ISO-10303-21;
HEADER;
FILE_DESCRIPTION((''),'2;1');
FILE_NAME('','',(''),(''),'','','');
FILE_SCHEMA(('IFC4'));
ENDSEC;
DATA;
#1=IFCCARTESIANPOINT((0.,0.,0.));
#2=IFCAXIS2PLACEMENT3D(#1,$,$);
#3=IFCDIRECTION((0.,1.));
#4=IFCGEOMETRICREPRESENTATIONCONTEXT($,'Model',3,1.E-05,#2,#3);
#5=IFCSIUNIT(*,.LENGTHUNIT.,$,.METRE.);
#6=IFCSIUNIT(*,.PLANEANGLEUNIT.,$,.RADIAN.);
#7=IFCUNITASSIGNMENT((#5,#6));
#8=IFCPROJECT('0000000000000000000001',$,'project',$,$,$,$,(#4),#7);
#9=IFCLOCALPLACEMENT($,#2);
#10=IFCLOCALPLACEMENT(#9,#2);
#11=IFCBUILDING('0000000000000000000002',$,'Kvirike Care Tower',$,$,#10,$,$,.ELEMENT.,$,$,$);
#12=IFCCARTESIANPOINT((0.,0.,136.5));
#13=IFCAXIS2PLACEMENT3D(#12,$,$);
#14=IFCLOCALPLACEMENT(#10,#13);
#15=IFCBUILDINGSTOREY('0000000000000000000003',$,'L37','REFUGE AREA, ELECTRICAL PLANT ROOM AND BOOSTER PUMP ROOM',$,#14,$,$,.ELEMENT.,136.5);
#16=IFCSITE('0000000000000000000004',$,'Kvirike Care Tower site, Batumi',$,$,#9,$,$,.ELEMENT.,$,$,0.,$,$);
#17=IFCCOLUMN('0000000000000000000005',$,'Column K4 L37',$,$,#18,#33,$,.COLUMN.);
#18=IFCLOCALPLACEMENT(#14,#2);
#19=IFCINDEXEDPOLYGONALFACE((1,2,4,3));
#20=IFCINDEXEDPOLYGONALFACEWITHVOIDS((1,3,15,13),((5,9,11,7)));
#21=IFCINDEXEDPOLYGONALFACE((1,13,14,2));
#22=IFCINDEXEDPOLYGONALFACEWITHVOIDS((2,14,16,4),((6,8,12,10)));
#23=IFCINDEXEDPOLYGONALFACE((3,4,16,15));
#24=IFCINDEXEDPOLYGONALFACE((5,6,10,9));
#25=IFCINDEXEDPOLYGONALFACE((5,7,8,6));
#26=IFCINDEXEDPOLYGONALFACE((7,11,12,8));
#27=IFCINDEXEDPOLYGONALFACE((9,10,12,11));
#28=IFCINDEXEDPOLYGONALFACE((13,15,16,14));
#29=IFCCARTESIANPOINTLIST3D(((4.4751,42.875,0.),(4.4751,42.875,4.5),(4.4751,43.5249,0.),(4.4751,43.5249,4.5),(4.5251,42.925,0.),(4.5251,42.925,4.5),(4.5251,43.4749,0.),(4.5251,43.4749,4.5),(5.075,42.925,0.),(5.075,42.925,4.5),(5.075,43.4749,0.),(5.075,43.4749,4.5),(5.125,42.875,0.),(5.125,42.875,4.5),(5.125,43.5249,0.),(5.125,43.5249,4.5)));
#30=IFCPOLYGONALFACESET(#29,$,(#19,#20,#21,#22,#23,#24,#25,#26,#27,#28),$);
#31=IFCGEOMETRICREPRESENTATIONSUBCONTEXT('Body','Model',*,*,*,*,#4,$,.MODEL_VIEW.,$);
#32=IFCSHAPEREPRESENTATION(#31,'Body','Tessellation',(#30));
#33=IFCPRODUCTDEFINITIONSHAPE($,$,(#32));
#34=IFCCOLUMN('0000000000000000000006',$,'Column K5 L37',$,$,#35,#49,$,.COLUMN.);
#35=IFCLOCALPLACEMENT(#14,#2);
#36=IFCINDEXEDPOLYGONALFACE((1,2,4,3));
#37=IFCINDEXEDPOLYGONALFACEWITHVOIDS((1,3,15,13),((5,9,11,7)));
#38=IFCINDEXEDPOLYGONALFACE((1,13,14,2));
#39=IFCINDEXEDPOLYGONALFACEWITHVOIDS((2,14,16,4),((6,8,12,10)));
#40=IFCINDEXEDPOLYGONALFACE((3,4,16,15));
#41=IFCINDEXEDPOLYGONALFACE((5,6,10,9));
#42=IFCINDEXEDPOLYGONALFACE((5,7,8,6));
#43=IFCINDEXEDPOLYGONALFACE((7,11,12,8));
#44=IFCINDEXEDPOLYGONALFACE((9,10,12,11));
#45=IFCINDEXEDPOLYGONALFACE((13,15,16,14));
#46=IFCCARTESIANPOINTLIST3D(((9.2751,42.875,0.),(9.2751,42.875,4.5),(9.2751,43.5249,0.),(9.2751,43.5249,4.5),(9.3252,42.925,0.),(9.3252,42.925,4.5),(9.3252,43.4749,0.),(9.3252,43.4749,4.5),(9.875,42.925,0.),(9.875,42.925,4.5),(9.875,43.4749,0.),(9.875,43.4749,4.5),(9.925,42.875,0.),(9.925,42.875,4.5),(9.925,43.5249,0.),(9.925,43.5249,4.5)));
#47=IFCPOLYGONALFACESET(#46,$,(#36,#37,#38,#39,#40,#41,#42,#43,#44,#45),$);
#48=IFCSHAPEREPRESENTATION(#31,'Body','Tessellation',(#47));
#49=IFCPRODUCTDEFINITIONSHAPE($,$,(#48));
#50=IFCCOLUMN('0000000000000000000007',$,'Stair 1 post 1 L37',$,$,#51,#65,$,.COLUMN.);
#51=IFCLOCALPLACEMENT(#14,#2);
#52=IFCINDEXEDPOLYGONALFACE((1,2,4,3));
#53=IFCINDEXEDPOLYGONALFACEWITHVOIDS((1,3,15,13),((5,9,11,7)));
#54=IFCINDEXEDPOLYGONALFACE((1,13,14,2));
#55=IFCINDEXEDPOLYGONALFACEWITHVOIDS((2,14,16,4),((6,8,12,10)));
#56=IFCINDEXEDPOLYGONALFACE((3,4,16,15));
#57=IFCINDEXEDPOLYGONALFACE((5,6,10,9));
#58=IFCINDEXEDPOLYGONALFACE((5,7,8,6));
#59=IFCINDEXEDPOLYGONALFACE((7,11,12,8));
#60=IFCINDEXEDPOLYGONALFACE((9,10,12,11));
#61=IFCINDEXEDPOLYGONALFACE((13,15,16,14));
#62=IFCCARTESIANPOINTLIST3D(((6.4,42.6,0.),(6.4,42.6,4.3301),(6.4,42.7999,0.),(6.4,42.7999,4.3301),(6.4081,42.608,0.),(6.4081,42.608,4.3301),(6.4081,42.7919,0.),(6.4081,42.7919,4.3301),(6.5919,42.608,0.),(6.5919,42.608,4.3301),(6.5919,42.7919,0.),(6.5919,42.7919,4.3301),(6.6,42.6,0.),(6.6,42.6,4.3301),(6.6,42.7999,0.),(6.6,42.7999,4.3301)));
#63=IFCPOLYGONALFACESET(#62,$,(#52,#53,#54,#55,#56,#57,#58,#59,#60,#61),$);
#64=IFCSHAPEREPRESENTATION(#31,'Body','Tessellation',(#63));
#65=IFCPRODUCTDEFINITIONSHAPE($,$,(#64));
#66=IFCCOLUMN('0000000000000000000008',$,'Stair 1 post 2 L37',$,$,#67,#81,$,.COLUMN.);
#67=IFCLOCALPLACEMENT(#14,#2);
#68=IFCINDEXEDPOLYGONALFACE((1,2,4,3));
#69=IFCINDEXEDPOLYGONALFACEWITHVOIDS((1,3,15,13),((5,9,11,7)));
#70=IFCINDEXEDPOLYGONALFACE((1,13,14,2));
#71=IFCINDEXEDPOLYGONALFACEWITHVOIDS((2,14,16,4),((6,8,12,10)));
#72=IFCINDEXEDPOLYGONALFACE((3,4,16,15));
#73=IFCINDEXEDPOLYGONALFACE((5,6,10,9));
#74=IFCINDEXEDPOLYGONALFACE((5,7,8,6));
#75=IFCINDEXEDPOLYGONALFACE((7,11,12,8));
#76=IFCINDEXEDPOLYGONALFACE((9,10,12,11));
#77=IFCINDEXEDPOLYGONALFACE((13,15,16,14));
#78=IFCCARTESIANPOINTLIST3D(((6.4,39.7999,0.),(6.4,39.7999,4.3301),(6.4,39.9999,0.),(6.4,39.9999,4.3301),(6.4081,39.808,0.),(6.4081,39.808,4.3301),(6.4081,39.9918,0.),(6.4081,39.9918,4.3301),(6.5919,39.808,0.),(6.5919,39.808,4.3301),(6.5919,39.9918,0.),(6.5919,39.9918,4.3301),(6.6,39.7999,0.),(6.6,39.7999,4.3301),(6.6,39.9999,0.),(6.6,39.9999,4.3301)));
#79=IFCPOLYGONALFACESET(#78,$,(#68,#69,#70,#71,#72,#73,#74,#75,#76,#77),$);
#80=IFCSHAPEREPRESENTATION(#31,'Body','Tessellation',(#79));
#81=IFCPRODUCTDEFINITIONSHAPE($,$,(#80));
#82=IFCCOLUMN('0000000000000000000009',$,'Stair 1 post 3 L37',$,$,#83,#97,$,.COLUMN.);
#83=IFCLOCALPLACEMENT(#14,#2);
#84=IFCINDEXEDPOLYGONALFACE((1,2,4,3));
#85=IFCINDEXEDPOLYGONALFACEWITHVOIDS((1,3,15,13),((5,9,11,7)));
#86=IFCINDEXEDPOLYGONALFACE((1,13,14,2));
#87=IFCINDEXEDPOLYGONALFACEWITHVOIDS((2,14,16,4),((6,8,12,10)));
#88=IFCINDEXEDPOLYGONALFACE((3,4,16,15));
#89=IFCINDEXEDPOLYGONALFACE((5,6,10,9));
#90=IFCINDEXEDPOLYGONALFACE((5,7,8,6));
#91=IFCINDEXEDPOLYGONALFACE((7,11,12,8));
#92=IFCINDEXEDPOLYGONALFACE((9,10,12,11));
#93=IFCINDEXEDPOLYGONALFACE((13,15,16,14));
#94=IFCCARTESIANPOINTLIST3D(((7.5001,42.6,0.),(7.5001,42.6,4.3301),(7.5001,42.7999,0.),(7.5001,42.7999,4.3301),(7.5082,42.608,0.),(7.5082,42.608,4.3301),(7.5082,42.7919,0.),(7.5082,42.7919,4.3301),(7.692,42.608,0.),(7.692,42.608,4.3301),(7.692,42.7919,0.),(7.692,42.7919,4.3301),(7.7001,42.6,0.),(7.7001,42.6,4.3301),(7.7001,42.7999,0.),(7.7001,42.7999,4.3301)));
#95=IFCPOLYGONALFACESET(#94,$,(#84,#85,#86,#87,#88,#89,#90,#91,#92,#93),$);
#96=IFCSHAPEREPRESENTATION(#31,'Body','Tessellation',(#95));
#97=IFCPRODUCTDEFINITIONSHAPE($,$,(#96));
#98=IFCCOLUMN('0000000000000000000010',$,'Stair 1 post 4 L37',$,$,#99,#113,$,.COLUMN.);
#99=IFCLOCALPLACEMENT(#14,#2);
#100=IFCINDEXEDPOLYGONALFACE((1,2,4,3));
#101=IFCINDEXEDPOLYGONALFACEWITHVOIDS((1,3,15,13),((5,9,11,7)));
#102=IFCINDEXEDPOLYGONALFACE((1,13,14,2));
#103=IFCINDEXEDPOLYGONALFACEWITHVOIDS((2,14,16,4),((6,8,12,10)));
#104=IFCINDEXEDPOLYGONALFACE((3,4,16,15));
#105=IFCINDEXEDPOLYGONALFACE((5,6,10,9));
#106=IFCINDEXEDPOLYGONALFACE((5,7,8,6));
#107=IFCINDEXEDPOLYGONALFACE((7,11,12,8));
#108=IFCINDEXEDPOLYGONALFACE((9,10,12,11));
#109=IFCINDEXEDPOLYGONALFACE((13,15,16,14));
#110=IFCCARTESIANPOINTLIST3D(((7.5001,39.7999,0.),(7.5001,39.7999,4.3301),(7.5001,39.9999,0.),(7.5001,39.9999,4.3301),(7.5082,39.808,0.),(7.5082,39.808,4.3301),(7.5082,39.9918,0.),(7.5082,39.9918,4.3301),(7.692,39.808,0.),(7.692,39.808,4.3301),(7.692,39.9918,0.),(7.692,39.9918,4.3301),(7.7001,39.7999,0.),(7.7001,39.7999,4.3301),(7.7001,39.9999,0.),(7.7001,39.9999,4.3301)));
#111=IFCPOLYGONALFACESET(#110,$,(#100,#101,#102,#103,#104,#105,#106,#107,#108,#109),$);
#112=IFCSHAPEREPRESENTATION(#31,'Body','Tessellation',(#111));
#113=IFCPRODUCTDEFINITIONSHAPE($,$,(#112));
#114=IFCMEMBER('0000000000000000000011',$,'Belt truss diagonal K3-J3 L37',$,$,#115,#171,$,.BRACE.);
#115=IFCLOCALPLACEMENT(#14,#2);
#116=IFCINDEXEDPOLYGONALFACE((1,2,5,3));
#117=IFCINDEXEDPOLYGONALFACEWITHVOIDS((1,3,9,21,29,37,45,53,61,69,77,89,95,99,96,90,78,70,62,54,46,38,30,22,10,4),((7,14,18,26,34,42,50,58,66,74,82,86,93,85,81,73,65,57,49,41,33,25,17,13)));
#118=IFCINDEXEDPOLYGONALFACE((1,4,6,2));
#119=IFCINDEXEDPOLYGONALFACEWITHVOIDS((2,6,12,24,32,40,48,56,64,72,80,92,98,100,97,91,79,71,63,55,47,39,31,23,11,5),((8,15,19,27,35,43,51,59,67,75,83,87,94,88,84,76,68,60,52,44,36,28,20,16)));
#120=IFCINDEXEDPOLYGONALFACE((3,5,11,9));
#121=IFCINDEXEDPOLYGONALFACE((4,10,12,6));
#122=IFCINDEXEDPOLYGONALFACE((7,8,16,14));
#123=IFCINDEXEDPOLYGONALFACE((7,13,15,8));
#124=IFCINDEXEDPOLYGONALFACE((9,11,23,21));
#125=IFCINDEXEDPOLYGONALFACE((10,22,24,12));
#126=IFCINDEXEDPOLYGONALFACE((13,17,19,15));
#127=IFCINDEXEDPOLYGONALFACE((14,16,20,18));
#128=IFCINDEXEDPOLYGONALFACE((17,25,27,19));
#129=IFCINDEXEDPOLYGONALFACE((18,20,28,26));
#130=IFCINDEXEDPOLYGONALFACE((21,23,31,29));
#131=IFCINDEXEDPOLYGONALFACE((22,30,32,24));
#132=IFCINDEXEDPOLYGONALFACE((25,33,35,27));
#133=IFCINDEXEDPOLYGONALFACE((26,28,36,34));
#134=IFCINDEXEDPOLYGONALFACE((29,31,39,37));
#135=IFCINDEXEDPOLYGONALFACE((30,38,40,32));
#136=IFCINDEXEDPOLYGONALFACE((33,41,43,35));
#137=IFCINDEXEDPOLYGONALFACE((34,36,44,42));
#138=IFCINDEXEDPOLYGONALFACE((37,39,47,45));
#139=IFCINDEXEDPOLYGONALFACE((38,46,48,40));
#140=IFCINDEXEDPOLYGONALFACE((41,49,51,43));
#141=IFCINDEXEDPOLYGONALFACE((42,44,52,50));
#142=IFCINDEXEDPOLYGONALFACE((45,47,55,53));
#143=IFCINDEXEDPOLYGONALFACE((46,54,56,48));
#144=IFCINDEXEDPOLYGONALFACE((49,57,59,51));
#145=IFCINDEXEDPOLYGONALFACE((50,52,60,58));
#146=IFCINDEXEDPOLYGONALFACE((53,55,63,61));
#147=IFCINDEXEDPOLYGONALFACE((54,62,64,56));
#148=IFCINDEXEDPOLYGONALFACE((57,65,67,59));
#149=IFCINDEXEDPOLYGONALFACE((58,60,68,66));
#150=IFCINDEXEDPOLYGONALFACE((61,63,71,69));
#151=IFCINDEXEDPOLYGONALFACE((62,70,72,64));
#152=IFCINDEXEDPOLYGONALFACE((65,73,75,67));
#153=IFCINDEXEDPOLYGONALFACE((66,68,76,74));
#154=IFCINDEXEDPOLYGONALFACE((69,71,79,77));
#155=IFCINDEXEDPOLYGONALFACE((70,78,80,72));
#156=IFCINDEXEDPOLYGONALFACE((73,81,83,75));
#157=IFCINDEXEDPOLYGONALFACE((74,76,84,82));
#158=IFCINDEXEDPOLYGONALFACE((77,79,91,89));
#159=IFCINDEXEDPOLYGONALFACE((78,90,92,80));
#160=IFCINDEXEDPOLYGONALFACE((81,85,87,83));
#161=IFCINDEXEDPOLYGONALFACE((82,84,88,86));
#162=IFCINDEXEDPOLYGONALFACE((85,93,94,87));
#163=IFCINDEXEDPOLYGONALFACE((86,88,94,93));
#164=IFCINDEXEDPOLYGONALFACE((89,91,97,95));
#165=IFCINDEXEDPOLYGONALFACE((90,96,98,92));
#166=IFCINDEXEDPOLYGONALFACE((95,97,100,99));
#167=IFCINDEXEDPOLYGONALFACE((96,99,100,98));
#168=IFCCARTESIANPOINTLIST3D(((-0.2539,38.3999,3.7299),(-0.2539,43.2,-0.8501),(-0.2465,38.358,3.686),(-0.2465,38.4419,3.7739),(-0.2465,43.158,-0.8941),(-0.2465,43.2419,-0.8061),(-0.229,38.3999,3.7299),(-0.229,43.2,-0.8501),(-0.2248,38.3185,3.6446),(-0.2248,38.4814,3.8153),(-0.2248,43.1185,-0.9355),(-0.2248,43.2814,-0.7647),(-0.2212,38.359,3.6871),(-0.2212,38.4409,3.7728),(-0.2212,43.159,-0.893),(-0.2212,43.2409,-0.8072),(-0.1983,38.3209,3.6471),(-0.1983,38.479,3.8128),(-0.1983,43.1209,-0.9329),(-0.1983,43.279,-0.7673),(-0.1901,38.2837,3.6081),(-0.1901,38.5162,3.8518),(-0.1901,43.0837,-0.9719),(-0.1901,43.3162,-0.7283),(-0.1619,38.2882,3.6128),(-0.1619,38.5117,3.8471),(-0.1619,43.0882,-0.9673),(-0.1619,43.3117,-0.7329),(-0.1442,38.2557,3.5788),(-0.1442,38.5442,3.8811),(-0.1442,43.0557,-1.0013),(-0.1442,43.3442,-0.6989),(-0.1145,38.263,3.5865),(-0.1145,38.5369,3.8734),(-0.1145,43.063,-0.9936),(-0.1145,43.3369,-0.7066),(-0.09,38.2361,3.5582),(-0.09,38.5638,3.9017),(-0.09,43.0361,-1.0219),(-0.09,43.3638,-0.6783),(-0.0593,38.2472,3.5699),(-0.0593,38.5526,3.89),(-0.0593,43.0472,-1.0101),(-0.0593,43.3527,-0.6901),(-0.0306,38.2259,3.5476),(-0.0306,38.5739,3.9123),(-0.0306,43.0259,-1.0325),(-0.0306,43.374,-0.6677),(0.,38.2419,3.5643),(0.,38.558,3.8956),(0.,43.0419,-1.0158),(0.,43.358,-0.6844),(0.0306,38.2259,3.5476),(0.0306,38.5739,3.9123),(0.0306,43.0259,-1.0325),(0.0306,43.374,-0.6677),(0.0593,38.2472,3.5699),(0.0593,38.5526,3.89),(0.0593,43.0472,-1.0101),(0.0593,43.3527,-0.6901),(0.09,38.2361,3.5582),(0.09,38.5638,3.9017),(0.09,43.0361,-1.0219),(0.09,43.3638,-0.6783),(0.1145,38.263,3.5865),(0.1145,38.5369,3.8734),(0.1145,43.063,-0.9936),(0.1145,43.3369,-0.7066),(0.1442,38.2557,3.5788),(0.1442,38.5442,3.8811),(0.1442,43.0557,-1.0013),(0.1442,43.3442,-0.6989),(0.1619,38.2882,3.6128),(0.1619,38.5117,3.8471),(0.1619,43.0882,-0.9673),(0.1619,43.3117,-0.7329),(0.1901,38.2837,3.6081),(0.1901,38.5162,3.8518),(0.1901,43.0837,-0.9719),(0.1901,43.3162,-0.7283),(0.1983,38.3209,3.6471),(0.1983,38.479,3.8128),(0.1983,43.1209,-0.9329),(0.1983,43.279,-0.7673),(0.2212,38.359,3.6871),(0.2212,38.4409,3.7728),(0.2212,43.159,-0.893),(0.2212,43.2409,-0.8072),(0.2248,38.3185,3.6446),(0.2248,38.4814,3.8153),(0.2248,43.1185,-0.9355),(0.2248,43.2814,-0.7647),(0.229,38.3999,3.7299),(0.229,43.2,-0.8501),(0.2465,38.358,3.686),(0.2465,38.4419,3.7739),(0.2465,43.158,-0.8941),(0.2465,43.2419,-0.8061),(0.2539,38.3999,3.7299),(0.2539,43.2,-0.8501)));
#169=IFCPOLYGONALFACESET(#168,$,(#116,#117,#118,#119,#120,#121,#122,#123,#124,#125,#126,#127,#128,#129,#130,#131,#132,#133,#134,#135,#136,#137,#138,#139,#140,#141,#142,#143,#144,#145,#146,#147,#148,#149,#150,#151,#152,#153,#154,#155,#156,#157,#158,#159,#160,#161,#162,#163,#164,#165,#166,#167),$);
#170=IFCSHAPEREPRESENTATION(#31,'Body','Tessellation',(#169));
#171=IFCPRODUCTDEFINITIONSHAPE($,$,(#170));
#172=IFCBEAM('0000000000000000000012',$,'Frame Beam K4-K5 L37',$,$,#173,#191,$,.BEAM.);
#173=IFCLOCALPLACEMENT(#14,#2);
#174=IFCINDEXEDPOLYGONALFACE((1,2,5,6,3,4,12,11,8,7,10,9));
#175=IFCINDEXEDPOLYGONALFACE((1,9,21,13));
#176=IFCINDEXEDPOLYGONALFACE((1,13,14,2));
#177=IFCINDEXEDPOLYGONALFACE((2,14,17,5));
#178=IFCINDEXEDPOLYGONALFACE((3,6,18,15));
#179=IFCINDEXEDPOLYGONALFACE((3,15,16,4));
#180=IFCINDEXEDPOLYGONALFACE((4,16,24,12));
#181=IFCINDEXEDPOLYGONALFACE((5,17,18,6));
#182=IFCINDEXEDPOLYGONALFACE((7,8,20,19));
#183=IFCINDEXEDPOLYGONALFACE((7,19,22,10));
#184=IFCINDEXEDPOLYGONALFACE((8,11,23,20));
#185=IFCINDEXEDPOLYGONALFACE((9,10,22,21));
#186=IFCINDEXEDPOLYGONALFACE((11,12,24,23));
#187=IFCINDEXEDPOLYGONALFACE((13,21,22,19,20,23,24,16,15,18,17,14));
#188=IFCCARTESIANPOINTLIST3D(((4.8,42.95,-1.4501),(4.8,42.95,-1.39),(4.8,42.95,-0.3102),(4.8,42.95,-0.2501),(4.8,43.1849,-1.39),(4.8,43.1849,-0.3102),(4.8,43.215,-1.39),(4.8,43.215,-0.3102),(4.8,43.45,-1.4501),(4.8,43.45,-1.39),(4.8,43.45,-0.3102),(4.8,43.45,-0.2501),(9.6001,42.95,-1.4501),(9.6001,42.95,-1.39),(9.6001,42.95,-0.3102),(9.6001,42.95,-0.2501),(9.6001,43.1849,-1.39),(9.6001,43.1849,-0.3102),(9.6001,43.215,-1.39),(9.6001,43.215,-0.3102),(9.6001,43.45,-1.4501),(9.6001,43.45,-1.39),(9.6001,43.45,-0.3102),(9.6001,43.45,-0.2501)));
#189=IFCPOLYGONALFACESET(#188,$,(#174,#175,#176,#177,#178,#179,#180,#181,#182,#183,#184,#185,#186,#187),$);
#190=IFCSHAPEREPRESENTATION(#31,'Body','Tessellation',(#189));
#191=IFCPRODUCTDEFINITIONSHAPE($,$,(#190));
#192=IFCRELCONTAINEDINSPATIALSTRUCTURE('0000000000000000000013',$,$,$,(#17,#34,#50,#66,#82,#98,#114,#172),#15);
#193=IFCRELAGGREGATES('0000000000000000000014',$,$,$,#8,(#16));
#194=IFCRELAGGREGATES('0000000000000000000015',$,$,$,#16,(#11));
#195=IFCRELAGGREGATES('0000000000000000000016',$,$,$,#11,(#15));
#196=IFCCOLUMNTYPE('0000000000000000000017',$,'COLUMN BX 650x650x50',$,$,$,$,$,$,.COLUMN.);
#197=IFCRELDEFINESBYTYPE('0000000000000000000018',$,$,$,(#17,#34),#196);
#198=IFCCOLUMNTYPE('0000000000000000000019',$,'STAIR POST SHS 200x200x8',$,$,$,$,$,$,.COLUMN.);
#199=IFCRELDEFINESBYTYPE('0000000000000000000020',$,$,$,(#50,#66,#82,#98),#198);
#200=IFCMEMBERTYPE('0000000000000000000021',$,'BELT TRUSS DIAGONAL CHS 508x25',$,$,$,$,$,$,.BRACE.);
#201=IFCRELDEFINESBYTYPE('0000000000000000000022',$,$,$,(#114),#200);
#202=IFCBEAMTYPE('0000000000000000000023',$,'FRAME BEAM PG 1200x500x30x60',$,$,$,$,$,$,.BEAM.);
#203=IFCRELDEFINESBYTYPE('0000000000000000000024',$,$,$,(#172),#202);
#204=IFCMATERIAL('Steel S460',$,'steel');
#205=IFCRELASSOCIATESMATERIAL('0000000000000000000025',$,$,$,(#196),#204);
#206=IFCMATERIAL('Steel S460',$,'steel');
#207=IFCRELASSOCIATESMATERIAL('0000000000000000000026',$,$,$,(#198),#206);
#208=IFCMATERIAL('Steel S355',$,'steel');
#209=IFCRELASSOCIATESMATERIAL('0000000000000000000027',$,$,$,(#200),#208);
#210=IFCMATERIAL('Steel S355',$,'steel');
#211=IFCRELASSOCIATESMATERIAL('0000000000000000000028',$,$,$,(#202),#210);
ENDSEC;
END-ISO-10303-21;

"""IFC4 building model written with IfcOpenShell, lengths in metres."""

from ifc_helpers import new_model, si_unit, direction, frame, origin, origin_2d, place, context, subcontext, project, spatial, hollow_rectangle, hollow_circle, i_section, extrude, material, material_profile, profile_set, type_object, element, save


model = new_model("IFC4")

# Units and contexts
model_context = context("Model", 3, precision=1e-05, world=origin(), true_north=direction((0.0, 1.0)))
body_context = subcontext(model_context, "Body", "Model", "MODEL_VIEW")
ifc_project = project(units=[si_unit("LENGTHUNIT", "METRE"), si_unit("PLANEANGLEUNIT", "RADIAN")], contexts=[model_context])

# Site, building, storey
site_placement = place(None, origin())
site = spatial("IfcSite", under=ifc_project, at=site_placement, Name="Kvirike Care Tower site, Batumi", CompositionType="ELEMENT", RefElevation=0.0)
building_placement = place(site_placement, origin())
building = spatial("IfcBuilding", under=site, at=building_placement, Name="Kvirike Care Tower", CompositionType="ELEMENT")
storey_placement = place(building_placement, frame((0.0, 0.0, 136.5)))
storey = spatial("IfcBuildingStorey", under=building, at=storey_placement, Name="L37", Description="REFUGE AREA, ELECTRICAL PLANT ROOM AND BOOSTER PUMP ROOM", CompositionType="ELEMENT", Elevation=136.5)

# Columns
ifc_material_1 = material(Name="Steel S460", Category="steel")
ifc_material_profile_1 = material_profile(ifc_material_1, hollow_rectangle(XDim=0.6499, YDim=0.6499, WallThickness=0.05, at=origin_2d()), Name="BX 650x650x50")
ifc_profile_set_1 = profile_set([ifc_material_profile_1], Name="Steel S460")
column_type_1 = type_object("IfcColumnType", Name="COLUMN BX 650x650x50", PredefinedType="COLUMN", material=ifc_profile_set_1)
for number, where, z_axis, x_axis, name in (
    (1, (4.8, 43.2, 0.0), (0.0, 0.0, 1.0), (0.0, 1.0, 0.0), "Column K4 L37"),
    (2, (9.6001, 43.2, 0.0), (0.0, 0.0, 1.0), (0.0, 1.0, 0.0), "Column K5 L37"),
):
    element("IfcColumn", number, at=place(storey_placement, frame(where, z_axis=z_axis, x_axis=x_axis)), inside=storey, type_object=column_type_1, Name=name, PredefinedType="COLUMN", context=body_context, shape_type="SweptSolid", body=[
        extrude(hollow_rectangle(XDim=0.6499, YDim=0.6499, WallThickness=0.05, at=origin_2d()), origin(), (0.0, 0.0, 1.0), 4.5),
    ])
ifc_material_2 = material(Name="Steel S460", Category="steel")
ifc_material_profile_2 = material_profile(ifc_material_2, hollow_rectangle(XDim=0.2, YDim=0.2, WallThickness=0.0081, at=origin_2d()), Name="SHS 200x200x8")
ifc_profile_set_2 = profile_set([ifc_material_profile_2], Name="Steel S460")
column_type_2 = type_object("IfcColumnType", Name="STAIR POST SHS 200x200x8", PredefinedType="COLUMN", material=ifc_profile_set_2)
for number, where, z_axis, x_axis, name in (
    (3, (6.5, 42.7, 0.0), (0.0, 0.0, 1.0), (1.0, 0.0, 0.0), "Stair 1 post 1 L37"),
    (4, (6.5, 39.8999, 0.0), (0.0, 0.0, 1.0), (1.0, 0.0, 0.0), "Stair 1 post 2 L37"),
    (5, (7.6001, 42.7, 0.0), (0.0, 0.0, 1.0), (1.0, 0.0, 0.0), "Stair 1 post 3 L37"),
    (6, (7.6001, 39.8999, 0.0), (0.0, 0.0, 1.0), (1.0, 0.0, 0.0), "Stair 1 post 4 L37"),
):
    element("IfcColumn", number, at=place(storey_placement, frame(where, z_axis=z_axis, x_axis=x_axis)), inside=storey, type_object=column_type_2, Name=name, PredefinedType="COLUMN", context=body_context, shape_type="SweptSolid", body=[
        extrude(hollow_rectangle(XDim=0.2, YDim=0.2, WallThickness=0.0081, at=origin_2d()), origin(), (0.0, 0.0, 1.0), 4.3301),
    ])

# Member
ifc_material_3 = material(Name="Steel S355", Category="steel")
ifc_material_profile_3 = material_profile(ifc_material_3, hollow_circle(Radius=0.2539, WallThickness=0.0249, at=origin_2d()), Name="CHS 508x25")
ifc_profile_set_3 = profile_set([ifc_material_profile_3], Name="Steel S355")
member_type = type_object("IfcMemberType", Name="BELT TRUSS DIAGONAL CHS 508x25", PredefinedType="BRACE", material=ifc_profile_set_3)
member_placement = place(storey_placement, frame((0.0, 43.2, -0.8501), z_axis=(0.0, -0.72349, 0.690335), x_axis=(1.0, 0.0, 0.0)))
element("IfcMember", 7, at=member_placement, inside=storey, type_object=member_type, Name="Belt truss diagonal K3-J3 L37", PredefinedType="BRACE", context=body_context, shape_type="SweptSolid", body=[
    extrude(hollow_circle(Radius=0.2539, WallThickness=0.0249, at=origin_2d()), origin(), (0.0, 0.0, 1.0), 6.6345),
])

# Beam
ifc_material_4 = material(Name="Steel S355", Category="steel")
ifc_material_profile_4 = material_profile(ifc_material_4, i_section(OverallWidth=0.5, OverallDepth=1.2, WebThickness=0.03, FlangeThickness=0.0601, at=origin_2d()), Name="PG 1200x500x30x60")
ifc_profile_set_4 = profile_set([ifc_material_profile_4], Name="Steel S355")
beam_type_1 = type_object("IfcBeamType", Name="FRAME BEAM PG 1200x500x30x60", PredefinedType="BEAM", material=ifc_profile_set_4)
beam_1_placement = place(storey_placement, frame((4.8, 43.2, -0.8501), z_axis=(1.0, 0.0, 0.0), x_axis=(0.0, 1.0, 0.0)))
element("IfcBeam", 8, at=beam_1_placement, inside=storey, type_object=beam_type_1, Name="Frame Beam K4-K5 L37", PredefinedType="BEAM", context=body_context, shape_type="SweptSolid", body=[
    extrude(i_section(OverallWidth=0.5, OverallDepth=1.2, WebThickness=0.03, FlangeThickness=0.0601, at=origin_2d()), origin(), (0.0, 0.0, 1.0), 4.8),
])

save(model, "model.ifc")
